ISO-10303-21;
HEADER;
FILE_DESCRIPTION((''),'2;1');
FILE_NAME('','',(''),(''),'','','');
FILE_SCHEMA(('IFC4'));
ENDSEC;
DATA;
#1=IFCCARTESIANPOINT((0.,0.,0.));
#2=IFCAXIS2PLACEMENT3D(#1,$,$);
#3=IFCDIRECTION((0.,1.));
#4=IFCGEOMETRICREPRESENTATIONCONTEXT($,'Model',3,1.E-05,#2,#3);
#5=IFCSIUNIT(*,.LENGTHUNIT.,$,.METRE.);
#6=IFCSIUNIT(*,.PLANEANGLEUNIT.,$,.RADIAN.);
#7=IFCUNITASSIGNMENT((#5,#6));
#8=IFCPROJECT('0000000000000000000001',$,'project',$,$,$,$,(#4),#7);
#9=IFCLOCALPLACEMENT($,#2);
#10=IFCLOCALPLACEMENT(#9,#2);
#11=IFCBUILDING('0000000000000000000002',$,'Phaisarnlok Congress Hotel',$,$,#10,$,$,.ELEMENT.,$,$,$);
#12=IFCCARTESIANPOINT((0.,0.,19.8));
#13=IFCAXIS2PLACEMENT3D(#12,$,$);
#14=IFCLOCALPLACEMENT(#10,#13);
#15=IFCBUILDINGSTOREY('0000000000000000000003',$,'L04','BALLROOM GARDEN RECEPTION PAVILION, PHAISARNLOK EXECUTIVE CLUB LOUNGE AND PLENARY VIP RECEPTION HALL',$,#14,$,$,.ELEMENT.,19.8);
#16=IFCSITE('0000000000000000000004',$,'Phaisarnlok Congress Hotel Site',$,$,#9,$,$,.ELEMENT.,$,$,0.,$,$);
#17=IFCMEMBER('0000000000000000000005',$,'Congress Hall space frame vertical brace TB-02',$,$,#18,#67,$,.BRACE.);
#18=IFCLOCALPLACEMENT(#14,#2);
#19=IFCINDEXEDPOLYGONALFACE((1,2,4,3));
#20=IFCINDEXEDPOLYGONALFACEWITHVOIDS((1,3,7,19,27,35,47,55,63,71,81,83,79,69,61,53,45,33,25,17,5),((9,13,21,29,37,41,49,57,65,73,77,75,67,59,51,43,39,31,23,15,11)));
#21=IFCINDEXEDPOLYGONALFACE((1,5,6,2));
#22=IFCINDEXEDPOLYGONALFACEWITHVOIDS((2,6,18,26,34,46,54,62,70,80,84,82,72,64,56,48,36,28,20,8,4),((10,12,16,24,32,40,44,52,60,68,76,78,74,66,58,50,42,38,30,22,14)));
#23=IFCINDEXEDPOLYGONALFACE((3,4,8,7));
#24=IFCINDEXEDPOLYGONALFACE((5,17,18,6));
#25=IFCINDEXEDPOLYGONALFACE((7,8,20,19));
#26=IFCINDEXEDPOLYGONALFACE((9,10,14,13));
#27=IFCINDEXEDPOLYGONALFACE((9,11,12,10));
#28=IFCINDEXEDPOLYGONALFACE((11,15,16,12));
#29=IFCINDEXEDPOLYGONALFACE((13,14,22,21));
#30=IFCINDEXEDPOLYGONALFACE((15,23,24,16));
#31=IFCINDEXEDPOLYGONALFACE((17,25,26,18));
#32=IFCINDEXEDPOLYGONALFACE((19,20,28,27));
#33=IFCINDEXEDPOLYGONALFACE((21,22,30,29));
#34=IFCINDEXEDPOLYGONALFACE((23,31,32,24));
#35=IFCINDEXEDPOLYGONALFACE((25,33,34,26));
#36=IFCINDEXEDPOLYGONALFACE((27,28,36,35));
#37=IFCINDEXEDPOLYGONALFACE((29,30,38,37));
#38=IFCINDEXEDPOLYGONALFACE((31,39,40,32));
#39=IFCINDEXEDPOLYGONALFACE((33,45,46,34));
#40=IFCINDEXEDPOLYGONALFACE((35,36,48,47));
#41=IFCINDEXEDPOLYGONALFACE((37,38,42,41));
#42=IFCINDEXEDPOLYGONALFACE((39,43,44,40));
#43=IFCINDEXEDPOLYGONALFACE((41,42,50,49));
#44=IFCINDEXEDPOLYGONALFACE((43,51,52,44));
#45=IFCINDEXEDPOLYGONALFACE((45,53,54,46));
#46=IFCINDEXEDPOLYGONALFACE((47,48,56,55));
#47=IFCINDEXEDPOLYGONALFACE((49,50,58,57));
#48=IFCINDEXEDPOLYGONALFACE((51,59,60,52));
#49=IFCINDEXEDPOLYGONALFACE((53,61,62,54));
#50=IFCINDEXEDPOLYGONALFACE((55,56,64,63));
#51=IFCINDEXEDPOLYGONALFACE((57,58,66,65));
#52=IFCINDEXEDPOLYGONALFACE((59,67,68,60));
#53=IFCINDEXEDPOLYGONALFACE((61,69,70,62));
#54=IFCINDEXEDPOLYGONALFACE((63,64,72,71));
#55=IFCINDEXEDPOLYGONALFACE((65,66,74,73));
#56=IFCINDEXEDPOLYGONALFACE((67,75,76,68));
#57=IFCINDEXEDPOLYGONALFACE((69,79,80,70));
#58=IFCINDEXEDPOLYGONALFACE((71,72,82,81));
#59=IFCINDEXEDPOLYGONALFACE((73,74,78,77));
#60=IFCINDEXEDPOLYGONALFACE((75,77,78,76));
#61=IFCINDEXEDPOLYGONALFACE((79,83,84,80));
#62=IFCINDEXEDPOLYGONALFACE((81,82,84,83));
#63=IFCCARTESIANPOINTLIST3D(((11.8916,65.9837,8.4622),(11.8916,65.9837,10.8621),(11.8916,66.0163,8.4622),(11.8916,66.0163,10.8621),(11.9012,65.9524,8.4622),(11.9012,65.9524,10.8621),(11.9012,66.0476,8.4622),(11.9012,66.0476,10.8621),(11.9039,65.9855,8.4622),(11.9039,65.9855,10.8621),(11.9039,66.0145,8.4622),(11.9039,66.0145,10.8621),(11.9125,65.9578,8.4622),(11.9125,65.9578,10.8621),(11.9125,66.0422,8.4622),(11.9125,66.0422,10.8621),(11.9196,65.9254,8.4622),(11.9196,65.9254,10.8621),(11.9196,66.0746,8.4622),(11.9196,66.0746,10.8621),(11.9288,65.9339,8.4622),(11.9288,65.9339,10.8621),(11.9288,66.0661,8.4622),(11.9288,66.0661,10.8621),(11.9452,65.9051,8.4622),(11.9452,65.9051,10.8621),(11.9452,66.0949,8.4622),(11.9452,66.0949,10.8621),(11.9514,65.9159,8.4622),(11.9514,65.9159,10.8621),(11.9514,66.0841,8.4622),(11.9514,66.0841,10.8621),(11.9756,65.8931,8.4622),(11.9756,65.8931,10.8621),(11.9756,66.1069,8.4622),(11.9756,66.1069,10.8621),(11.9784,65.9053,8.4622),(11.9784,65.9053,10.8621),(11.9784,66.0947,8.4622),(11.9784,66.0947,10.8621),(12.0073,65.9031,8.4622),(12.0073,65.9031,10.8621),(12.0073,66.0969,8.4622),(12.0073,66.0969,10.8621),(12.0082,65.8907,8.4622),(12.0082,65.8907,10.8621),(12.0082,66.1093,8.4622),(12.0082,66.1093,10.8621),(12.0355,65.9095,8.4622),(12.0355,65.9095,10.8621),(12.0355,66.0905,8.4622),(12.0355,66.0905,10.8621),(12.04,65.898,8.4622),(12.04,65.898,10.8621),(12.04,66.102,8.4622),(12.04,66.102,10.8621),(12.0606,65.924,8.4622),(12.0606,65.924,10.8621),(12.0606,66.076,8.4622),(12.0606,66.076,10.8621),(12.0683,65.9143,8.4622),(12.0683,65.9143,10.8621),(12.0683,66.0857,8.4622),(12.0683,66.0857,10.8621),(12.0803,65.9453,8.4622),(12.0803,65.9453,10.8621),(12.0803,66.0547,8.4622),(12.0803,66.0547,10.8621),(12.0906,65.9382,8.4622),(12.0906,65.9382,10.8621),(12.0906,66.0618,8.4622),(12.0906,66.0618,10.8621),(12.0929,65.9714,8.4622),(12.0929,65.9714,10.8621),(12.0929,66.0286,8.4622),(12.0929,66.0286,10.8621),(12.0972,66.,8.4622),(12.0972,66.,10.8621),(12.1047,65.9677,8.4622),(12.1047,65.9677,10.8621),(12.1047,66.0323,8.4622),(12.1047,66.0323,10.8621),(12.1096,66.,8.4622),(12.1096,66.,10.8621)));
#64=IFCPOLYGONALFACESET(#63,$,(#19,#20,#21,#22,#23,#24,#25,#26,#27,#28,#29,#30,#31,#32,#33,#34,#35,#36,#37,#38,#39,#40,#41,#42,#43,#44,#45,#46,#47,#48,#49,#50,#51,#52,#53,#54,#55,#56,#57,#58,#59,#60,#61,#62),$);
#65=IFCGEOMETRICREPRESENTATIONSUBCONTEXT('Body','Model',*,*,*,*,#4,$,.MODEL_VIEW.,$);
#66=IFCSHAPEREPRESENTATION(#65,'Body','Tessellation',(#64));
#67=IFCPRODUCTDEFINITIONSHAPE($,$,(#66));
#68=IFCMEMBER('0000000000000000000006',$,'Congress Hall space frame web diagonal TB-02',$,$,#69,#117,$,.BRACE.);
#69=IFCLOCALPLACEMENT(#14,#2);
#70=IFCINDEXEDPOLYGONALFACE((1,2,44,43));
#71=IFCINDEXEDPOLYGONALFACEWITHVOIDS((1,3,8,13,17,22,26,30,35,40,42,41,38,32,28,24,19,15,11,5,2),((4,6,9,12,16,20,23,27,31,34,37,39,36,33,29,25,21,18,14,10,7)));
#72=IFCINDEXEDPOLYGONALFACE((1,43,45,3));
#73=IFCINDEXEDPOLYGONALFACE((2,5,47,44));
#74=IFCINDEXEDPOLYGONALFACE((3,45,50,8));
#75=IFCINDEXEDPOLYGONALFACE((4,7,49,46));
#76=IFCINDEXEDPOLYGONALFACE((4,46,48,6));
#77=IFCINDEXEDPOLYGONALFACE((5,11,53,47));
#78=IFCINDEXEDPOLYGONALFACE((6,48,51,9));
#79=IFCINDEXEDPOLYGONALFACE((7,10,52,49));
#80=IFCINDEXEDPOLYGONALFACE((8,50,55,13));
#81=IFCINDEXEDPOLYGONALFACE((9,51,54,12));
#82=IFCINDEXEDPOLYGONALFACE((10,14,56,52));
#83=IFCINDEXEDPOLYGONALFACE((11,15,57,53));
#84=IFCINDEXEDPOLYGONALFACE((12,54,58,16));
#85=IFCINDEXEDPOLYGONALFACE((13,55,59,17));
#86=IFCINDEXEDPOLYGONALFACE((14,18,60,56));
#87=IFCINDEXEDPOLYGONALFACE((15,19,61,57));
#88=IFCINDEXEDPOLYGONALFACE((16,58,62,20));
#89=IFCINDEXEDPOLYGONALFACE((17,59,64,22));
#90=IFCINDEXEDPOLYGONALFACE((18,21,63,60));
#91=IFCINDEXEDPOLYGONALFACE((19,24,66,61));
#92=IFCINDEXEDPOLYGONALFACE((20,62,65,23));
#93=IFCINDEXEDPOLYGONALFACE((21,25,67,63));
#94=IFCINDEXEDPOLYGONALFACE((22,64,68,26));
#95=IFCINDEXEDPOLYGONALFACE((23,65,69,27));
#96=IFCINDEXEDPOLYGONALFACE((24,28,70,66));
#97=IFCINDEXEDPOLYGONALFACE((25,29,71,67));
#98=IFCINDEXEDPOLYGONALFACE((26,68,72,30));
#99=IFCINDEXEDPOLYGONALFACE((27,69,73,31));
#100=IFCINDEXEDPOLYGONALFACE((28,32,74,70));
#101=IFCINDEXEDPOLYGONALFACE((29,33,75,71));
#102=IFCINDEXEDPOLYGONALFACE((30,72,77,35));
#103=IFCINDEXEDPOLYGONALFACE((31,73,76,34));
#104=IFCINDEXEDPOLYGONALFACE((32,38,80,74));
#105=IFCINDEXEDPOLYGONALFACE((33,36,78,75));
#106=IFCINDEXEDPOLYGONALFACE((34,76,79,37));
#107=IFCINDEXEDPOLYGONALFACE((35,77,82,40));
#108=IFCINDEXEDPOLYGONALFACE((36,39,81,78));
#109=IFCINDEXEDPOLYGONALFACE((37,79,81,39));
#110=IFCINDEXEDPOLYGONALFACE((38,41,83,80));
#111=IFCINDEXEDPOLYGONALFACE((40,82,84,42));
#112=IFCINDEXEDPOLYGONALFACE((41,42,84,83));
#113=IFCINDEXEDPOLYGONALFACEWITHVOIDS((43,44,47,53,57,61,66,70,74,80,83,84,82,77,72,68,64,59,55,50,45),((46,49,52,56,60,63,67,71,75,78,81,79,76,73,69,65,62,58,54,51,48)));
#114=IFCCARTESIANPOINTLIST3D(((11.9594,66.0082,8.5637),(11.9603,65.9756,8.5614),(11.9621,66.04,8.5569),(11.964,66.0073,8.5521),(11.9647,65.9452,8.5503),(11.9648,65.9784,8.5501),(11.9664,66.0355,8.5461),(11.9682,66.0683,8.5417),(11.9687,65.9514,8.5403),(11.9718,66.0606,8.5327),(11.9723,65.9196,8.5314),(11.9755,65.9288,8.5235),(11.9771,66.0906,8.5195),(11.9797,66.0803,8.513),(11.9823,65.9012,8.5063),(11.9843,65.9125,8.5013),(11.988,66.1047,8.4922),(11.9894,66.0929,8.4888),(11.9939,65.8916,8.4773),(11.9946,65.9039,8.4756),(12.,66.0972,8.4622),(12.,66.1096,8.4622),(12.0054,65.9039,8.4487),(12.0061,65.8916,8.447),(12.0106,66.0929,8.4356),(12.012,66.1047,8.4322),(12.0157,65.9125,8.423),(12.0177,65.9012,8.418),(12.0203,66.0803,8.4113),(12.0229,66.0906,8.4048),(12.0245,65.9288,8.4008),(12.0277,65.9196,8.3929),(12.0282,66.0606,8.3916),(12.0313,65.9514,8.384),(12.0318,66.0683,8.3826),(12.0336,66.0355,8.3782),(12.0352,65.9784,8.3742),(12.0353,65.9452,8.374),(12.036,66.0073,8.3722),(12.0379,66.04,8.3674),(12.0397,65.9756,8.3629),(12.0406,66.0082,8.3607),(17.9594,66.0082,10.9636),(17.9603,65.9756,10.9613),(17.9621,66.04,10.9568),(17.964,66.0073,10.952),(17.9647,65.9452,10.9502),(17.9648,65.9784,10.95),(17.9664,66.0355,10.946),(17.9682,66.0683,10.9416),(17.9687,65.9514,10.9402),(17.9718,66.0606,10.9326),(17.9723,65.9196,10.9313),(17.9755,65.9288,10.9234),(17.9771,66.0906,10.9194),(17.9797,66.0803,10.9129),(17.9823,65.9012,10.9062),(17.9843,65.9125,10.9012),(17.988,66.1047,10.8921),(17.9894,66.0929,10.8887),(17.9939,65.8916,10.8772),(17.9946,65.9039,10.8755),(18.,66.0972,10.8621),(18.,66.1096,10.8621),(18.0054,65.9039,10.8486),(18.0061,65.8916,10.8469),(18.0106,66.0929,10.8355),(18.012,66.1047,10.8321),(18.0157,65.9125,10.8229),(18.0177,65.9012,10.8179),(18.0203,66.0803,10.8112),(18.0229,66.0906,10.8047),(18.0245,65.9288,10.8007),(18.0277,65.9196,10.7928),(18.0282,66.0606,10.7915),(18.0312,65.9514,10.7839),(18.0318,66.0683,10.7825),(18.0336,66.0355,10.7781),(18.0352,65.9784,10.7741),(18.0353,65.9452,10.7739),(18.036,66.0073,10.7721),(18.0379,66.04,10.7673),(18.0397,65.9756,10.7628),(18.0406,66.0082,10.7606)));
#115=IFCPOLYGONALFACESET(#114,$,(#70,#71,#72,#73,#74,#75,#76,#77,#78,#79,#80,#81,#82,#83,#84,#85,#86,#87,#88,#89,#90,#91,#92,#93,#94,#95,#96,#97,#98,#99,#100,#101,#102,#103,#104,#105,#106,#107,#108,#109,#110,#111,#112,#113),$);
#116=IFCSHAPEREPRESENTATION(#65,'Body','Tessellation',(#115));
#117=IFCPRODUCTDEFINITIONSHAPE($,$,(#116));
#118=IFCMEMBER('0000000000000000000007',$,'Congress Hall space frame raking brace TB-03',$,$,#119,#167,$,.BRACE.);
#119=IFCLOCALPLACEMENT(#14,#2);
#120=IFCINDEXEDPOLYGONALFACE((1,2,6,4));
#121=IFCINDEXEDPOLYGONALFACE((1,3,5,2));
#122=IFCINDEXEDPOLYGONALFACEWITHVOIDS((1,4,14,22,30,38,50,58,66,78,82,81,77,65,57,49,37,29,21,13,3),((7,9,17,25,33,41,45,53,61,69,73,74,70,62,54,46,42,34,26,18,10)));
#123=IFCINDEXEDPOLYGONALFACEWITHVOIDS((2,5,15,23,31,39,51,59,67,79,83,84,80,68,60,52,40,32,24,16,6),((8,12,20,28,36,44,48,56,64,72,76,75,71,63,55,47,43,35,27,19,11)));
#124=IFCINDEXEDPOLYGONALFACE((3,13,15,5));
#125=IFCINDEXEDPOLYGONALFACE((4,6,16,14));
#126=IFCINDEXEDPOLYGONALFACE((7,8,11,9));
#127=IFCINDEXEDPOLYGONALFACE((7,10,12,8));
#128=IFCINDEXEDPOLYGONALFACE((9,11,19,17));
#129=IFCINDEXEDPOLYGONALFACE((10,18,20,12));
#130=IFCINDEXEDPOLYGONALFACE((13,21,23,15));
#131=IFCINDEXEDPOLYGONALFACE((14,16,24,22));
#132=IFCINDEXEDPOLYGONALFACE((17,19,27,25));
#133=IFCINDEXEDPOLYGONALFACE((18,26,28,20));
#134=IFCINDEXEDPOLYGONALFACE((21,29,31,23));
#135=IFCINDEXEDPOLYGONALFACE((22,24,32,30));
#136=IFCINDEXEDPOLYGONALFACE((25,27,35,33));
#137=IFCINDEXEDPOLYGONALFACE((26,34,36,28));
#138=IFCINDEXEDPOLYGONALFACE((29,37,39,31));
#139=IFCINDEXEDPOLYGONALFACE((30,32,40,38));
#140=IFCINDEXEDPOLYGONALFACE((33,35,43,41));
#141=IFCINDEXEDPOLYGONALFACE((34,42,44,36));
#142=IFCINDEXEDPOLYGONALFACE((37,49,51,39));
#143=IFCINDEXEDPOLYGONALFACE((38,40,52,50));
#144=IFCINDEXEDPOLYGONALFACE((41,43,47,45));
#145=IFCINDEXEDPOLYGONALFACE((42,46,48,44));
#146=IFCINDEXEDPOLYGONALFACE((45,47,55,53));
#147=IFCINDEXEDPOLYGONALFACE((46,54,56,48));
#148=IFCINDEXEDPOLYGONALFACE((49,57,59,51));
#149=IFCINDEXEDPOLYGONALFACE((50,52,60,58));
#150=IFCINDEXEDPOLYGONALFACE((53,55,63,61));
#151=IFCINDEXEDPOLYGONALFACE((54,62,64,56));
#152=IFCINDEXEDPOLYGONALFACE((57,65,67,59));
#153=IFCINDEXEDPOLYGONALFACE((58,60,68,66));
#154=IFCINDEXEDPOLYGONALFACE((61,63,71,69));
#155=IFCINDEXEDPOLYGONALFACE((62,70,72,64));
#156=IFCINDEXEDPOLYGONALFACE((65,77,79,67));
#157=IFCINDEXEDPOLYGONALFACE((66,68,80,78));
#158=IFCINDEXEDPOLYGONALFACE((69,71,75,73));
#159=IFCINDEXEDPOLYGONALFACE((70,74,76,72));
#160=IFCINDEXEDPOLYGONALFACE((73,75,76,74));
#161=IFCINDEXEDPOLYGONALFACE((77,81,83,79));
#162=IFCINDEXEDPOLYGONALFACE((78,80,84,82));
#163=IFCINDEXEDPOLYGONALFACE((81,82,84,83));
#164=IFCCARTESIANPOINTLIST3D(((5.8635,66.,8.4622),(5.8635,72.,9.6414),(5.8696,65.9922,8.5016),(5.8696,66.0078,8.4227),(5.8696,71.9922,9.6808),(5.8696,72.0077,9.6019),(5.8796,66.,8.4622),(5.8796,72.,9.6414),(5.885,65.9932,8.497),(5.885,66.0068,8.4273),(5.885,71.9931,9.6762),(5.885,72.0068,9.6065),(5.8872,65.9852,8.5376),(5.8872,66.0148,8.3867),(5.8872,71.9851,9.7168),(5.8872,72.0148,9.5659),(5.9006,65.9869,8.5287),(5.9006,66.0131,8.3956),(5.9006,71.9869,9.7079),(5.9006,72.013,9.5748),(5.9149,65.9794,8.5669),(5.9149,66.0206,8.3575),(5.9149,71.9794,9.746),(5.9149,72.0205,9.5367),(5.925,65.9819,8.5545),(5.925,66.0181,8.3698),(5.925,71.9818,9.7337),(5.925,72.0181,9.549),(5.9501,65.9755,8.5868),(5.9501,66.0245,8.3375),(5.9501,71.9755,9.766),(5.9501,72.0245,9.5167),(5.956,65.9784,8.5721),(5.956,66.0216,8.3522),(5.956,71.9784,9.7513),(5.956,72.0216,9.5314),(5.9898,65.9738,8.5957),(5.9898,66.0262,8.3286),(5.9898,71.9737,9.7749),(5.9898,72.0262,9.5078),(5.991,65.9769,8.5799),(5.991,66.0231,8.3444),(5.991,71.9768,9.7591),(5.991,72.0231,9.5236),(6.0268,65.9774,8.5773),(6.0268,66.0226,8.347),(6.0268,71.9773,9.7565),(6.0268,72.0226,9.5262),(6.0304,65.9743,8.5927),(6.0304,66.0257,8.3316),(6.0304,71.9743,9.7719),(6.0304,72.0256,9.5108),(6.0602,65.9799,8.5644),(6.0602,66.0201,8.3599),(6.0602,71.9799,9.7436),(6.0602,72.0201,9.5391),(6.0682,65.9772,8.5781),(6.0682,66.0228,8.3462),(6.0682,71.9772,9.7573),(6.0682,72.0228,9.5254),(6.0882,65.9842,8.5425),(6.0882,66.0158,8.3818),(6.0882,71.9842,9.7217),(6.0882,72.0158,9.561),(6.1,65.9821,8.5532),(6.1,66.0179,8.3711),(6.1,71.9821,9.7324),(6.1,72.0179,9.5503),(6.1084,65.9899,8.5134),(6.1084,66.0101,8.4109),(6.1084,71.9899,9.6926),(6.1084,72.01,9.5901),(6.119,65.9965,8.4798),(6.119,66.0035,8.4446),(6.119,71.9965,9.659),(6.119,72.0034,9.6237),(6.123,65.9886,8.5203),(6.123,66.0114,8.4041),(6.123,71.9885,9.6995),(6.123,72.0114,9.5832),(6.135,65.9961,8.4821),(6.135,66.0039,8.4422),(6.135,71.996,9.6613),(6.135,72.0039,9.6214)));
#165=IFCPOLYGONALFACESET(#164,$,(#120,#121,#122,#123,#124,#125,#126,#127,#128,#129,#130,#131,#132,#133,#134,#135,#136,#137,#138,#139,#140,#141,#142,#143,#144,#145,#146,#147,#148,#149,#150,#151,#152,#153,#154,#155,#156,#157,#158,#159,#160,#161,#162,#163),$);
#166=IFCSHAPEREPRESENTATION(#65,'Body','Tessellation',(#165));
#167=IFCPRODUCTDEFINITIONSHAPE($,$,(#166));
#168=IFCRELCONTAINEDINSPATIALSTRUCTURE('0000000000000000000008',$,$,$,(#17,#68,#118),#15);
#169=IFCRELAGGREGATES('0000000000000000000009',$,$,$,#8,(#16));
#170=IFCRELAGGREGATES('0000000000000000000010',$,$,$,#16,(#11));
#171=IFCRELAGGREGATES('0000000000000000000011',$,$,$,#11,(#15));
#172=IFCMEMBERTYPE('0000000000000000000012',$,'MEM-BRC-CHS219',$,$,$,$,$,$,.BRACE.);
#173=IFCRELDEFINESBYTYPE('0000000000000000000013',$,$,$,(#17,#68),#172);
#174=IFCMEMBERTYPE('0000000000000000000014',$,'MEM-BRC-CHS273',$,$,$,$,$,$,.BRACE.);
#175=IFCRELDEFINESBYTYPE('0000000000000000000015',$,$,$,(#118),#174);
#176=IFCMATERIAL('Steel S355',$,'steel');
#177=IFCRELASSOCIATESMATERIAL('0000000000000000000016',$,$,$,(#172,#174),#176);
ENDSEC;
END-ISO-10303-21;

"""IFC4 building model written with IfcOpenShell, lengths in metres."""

from ifc_helpers import new_model, si_unit, direction, frame, origin, origin_2d, place, context, subcontext, project, spatial, hollow_circle, extrude, material, material_profile, profile_set, type_object, element, save


model = new_model("IFC4")

# Units and contexts
model_context = context("Model", 3, precision=1e-05, world=origin(), true_north=direction((0.0, 1.0)))
body_context = subcontext(model_context, "Body", "Model", "MODEL_VIEW")
ifc_project = project(units=[si_unit("LENGTHUNIT", "METRE"), si_unit("PLANEANGLEUNIT", "RADIAN")], contexts=[model_context])

# Site, building, storey
site_placement = place(None, origin())
site = spatial("IfcSite", under=ifc_project, at=site_placement, Name="Phaisarnlok Congress Hotel Site", CompositionType="ELEMENT", RefElevation=0.0)
building_placement = place(site_placement, origin())
building = spatial("IfcBuilding", under=site, at=building_placement, Name="Phaisarnlok Congress Hotel", CompositionType="ELEMENT")
storey_placement = place(building_placement, frame((0.0, 0.0, 19.8)))
storey = spatial("IfcBuildingStorey", under=building, at=storey_placement, Name="L04", Description="BALLROOM GARDEN RECEPTION PAVILION, PHAISARNLOK EXECUTIVE CLUB LOUNGE AND PLENARY VIP RECEPTION HALL", CompositionType="ELEMENT", Elevation=19.8)

# Members
ifc_material = material(Name="Steel S355", Category="steel")
ifc_material_profile_1 = material_profile(ifc_material, hollow_circle(Radius=0.1096, WallThickness=0.0125, at=origin_2d()), Name="CHS 219.1x12.5")
ifc_profile_set_1 = profile_set([ifc_material_profile_1], Name="Steel S355")
member_type_1 = type_object("IfcMemberType", Name="MEM-BRC-CHS219", PredefinedType="BRACE", material=ifc_profile_set_1)
member_1_placement = place(storey_placement, frame((12.0, 66.0, 8.4622), z_axis=(0.0, 0.0, 1.0), x_axis=(1.0, 0.0, 0.0)))
element("IfcMember", 1, at=member_1_placement, inside=storey, type_object=member_type_1, Name="Congress Hall space frame vertical brace TB-02", PredefinedType="BRACE", context=body_context, shape_type="SweptSolid", body=[
    extrude(hollow_circle(Radius=0.1096, WallThickness=0.0125, at=origin_2d()), origin(), (0.0, 0.0, 1.0), 2.3999),
])
member_2_placement = place(storey_placement, frame((12.0, 66.0, 8.4622), z_axis=(0.928482, 0.0, 0.371378), x_axis=(0.0, 1.0, 0.0)))
element("IfcMember", 2, at=member_2_placement, inside=storey, type_object=member_type_1, Name="Congress Hall space frame web diagonal TB-02", PredefinedType="BRACE", context=body_context, shape_type="SweptSolid", body=[
    extrude(hollow_circle(Radius=0.1096, WallThickness=0.0125, at=origin_2d()), origin(), (0.0, 0.0, 1.0), 6.4622),
])
ifc_material_profile_2 = material_profile(ifc_material, hollow_circle(Radius=0.1365, WallThickness=0.0161, at=origin_2d()), Name="CHS 273x16")
ifc_profile_set_2 = profile_set([ifc_material_profile_2], Name="Steel S355")
member_type_2 = type_object("IfcMemberType", Name="MEM-BRC-CHS273", PredefinedType="BRACE", material=ifc_profile_set_2)
member_3_placement = place(storey_placement, frame((6.0, 66.0, 8.4622), z_axis=(0.0, 0.981229, 0.192844), x_axis=(-1.0, 0.0, 0.0)))
element("IfcMember", 3, at=member_3_placement, inside=storey, type_object=member_type_2, Name="Congress Hall space frame raking brace TB-03", PredefinedType="BRACE", context=body_context, shape_type="SweptSolid", body=[
    extrude(hollow_circle(Radius=0.1365, WallThickness=0.0161, at=origin_2d()), origin(), (0.0, 0.0, 1.0), 6.1147),
])

save(model, "model.ifc")
